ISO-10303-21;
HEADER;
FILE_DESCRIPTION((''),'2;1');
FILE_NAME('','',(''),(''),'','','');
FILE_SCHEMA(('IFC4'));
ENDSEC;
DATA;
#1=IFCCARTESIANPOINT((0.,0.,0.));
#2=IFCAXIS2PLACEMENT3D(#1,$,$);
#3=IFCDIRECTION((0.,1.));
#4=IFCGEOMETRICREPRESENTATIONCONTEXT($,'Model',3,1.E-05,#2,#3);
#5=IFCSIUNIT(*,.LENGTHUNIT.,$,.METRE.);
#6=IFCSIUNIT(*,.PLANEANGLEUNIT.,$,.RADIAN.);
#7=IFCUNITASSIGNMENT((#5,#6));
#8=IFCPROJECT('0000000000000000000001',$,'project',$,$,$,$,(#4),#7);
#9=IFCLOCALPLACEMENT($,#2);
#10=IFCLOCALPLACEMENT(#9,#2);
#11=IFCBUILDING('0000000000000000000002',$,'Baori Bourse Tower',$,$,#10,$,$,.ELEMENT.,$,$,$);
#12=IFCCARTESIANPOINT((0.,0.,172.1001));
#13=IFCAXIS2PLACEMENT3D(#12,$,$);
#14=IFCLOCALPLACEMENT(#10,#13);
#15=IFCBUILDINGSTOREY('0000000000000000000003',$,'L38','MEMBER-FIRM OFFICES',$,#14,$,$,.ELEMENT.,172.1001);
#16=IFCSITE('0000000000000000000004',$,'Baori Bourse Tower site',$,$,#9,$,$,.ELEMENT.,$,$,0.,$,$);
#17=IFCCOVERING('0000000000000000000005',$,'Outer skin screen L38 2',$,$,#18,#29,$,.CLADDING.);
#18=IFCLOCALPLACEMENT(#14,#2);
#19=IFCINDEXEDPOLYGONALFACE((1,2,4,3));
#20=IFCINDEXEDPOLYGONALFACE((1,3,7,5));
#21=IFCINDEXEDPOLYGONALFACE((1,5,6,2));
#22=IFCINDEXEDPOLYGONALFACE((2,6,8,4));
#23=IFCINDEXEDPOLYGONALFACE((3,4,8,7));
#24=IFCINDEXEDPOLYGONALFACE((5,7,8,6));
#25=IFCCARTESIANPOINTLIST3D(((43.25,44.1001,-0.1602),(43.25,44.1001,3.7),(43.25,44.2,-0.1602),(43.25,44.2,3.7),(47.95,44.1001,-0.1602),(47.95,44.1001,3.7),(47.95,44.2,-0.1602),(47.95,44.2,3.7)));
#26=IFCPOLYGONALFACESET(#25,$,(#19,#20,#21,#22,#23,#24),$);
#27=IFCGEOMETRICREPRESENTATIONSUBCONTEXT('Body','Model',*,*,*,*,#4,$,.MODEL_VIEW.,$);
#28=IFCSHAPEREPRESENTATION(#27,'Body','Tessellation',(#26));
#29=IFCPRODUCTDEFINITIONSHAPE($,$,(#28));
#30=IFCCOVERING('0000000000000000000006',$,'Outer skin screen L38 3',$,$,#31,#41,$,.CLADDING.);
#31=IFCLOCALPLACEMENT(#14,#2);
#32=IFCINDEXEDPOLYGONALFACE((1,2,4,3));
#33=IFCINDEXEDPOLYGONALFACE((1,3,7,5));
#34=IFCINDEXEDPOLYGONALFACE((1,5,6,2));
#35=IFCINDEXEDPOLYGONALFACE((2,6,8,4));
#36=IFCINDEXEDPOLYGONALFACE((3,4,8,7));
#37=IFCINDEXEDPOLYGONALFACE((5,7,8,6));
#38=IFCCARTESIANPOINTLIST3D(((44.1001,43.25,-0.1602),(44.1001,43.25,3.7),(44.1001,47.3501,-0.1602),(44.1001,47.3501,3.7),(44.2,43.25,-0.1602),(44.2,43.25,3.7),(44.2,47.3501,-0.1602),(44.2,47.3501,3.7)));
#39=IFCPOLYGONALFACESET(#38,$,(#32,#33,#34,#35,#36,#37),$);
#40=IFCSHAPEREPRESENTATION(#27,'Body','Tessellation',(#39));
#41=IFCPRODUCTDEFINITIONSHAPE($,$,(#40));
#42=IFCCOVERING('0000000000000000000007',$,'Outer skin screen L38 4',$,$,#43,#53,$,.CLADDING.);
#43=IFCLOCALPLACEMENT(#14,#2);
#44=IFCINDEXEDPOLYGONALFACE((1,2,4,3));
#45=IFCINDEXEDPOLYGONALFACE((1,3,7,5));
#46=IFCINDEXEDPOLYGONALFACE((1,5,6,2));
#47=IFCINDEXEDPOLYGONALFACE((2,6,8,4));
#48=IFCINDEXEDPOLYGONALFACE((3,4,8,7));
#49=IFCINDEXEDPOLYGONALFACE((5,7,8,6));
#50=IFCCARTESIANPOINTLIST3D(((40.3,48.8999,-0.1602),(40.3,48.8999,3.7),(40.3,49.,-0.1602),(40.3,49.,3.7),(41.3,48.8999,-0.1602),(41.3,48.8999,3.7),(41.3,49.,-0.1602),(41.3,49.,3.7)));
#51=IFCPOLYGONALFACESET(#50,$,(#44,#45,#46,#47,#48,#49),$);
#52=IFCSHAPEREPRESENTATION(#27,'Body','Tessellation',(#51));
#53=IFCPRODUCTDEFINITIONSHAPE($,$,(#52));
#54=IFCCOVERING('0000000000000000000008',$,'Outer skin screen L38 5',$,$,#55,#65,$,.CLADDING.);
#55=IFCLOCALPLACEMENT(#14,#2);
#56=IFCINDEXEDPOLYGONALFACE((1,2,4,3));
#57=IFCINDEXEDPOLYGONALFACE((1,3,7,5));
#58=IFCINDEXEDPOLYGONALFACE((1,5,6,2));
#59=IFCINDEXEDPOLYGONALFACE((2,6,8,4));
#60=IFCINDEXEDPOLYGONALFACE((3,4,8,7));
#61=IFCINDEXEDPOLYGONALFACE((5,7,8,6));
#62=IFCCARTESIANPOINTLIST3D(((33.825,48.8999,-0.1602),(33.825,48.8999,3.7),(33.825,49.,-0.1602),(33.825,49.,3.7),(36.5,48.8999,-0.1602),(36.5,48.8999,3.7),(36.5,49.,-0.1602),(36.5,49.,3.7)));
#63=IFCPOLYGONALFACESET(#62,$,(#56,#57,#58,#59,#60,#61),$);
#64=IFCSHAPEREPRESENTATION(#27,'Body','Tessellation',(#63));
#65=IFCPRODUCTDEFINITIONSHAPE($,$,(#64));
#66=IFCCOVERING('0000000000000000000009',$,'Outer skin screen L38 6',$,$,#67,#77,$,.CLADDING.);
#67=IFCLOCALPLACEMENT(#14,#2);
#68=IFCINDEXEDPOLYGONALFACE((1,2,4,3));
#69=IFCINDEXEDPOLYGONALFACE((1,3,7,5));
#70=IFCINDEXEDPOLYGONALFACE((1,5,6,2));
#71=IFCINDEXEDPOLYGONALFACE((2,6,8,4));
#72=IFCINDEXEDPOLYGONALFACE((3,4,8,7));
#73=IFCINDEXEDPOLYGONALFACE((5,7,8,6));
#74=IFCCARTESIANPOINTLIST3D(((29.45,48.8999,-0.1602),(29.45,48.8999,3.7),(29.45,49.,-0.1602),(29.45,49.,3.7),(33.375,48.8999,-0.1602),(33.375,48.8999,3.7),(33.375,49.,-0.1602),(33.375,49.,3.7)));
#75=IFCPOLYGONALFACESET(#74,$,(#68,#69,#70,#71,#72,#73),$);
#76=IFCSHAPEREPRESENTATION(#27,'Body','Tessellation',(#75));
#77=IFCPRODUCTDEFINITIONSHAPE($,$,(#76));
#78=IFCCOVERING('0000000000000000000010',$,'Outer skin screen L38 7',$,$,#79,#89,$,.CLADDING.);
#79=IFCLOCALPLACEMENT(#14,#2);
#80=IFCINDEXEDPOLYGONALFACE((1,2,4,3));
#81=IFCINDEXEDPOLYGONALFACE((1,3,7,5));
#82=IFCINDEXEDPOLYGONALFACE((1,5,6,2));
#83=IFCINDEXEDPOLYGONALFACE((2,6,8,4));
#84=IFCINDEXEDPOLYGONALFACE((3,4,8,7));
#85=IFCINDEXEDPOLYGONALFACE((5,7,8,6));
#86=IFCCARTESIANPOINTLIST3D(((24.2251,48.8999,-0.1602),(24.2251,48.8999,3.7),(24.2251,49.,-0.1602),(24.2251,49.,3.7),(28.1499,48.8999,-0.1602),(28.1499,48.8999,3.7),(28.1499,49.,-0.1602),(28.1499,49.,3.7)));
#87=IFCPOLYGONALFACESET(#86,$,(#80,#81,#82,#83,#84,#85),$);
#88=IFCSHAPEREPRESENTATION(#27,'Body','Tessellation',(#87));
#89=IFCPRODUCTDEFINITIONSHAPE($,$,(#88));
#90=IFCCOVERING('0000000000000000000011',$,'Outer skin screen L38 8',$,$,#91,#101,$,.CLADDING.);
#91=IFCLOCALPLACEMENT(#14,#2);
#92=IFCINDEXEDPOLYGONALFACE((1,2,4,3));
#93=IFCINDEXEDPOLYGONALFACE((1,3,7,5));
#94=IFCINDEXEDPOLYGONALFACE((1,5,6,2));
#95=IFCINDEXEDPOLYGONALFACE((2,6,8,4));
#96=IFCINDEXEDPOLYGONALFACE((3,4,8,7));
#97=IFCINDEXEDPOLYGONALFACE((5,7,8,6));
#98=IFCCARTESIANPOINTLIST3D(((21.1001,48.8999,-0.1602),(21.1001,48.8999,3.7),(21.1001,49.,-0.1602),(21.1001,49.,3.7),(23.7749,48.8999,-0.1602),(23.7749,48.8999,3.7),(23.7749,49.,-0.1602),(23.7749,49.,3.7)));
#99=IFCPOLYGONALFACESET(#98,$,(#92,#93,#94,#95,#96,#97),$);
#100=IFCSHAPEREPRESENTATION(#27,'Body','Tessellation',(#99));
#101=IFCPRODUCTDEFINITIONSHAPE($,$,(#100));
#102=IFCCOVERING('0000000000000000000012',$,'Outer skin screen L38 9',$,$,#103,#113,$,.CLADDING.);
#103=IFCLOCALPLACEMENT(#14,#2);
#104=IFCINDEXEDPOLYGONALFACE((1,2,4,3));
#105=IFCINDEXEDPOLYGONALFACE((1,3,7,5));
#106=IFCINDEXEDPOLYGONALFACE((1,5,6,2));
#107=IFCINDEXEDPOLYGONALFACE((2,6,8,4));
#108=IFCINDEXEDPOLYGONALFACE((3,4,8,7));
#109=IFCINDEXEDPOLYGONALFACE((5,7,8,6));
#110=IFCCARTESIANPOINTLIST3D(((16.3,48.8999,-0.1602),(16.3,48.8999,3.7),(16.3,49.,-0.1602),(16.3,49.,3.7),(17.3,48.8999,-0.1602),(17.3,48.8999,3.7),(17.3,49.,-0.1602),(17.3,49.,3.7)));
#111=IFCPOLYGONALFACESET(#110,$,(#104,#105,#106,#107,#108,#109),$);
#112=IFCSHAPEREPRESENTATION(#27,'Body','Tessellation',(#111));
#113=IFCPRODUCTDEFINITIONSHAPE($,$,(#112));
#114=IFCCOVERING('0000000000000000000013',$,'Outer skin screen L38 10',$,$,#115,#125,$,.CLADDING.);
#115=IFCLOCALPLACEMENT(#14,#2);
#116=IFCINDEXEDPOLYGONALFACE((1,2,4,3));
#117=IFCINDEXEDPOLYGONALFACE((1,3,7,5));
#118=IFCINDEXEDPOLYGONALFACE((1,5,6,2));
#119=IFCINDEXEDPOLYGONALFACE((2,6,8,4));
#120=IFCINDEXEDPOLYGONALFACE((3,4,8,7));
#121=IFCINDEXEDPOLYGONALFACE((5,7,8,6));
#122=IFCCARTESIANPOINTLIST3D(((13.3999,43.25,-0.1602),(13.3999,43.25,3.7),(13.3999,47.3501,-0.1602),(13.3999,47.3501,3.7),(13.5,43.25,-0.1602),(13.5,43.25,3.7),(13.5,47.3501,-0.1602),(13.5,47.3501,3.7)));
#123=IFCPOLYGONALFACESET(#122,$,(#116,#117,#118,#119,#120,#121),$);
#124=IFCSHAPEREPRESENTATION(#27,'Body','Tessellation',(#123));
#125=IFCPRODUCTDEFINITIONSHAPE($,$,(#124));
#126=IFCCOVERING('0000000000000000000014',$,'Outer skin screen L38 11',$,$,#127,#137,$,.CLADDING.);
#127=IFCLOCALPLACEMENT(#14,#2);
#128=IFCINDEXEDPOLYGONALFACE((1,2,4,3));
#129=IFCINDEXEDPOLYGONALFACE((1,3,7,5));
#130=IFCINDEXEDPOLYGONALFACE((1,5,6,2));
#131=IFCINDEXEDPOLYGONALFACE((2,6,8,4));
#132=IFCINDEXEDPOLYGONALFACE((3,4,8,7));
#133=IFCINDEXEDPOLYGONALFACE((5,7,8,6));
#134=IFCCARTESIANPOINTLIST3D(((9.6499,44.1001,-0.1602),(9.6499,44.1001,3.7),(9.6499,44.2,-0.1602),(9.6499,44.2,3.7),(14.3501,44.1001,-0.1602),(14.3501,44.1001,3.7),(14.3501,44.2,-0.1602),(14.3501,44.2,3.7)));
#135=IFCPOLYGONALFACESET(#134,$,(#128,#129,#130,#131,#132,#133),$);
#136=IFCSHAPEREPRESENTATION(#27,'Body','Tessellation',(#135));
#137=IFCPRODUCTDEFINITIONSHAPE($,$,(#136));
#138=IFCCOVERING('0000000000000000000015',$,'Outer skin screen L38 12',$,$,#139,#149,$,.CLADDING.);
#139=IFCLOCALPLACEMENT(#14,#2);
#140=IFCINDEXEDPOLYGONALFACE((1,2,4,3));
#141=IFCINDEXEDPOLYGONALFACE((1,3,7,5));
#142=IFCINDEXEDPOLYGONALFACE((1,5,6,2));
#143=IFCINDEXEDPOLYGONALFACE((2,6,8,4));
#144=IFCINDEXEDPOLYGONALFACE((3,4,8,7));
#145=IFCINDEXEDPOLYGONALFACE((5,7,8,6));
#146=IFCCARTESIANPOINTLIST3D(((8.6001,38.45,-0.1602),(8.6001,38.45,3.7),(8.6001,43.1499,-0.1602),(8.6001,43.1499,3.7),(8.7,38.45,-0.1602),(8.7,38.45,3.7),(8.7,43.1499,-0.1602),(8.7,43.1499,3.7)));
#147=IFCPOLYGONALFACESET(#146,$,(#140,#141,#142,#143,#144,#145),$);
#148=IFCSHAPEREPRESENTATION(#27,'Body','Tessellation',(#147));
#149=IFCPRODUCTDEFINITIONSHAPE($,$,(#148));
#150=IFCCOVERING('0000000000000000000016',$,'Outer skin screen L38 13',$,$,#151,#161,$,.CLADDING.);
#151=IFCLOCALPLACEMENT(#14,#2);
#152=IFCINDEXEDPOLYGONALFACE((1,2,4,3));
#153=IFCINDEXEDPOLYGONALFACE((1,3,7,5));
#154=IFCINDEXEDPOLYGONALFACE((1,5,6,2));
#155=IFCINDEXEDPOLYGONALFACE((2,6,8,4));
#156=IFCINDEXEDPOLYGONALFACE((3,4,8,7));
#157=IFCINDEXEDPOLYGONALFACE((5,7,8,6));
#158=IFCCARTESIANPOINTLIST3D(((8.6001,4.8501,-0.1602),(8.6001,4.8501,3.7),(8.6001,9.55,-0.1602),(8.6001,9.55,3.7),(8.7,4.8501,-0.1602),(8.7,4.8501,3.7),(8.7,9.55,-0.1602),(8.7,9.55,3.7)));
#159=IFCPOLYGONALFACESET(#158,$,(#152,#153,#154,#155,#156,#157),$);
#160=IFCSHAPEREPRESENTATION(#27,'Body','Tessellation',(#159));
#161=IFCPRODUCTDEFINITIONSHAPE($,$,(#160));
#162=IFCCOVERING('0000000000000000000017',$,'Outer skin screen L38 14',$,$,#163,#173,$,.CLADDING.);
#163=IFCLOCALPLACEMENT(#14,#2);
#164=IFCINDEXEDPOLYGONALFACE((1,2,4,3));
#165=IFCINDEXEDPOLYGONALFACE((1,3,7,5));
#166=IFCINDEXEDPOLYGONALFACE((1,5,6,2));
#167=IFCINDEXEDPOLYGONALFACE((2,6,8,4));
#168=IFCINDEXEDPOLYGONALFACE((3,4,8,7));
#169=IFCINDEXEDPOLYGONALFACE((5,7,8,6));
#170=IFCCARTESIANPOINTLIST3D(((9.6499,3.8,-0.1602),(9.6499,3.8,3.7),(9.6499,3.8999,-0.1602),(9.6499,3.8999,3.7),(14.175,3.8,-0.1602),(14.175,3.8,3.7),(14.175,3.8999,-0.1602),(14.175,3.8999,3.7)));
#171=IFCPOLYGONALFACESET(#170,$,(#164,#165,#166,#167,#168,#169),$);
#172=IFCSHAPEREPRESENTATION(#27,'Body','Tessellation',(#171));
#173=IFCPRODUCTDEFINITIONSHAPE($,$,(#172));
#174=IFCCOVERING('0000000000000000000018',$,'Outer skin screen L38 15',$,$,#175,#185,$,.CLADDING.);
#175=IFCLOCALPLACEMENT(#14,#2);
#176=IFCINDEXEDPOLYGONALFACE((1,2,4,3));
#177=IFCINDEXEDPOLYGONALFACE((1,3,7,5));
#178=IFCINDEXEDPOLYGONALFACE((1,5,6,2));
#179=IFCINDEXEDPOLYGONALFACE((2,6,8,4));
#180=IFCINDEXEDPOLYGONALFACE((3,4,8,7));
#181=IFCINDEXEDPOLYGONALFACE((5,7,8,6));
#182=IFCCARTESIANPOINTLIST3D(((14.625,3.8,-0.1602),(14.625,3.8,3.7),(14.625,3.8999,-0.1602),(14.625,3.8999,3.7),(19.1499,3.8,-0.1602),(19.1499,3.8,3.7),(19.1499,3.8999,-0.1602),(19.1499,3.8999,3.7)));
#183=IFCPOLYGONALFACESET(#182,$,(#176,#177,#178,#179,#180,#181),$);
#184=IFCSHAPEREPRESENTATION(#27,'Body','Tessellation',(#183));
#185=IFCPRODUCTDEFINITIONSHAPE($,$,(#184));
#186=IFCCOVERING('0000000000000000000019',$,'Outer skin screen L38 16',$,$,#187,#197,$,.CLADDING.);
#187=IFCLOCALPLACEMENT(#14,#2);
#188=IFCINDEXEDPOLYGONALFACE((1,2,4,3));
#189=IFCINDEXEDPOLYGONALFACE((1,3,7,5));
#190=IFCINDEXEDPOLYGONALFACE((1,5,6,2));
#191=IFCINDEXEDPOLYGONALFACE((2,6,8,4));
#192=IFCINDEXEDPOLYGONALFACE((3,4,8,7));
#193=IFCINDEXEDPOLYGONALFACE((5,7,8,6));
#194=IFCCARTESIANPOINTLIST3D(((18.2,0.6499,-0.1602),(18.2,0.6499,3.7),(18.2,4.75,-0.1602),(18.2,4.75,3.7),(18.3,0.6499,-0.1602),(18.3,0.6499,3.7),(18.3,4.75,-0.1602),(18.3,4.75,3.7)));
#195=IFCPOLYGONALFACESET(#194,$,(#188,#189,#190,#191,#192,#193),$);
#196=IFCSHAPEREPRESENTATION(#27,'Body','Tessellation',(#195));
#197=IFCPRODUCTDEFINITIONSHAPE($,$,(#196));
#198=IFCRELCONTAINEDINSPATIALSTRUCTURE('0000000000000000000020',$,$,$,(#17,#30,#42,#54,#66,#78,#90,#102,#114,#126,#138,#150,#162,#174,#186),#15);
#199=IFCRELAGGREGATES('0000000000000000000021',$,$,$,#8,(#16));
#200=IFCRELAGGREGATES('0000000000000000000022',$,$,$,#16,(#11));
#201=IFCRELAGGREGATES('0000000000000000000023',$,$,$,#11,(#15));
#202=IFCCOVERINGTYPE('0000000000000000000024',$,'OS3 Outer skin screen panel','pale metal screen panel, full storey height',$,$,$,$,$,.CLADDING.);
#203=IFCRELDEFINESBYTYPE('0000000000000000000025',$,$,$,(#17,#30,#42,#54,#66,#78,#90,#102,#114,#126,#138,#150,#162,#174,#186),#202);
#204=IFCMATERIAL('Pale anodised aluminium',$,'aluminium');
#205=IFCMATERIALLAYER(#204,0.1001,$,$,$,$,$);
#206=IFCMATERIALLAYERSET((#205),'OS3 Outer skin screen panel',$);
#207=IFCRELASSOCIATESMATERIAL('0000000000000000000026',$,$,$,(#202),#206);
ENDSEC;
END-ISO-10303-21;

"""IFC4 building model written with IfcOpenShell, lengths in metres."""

from ifc_helpers import new_model, si_unit, direction, frame, origin, place, context, subcontext, project, spatial, polyline, outline, extrude, material, layer, layer_set, type_object, element, save


model = new_model("IFC4")

# Units and contexts
model_context = context("Model", 3, precision=1e-05, world=origin(), true_north=direction((0.0, 1.0)))
body_context = subcontext(model_context, "Body", "Model", "MODEL_VIEW")
ifc_project = project(units=[si_unit("LENGTHUNIT", "METRE"), si_unit("PLANEANGLEUNIT", "RADIAN")], contexts=[model_context])

# Site, building, storey
site_placement = place(None, origin())
site = spatial("IfcSite", under=ifc_project, at=site_placement, Name="Baori Bourse Tower site", CompositionType="ELEMENT", RefElevation=0.0)
building_placement = place(site_placement, origin())
building = spatial("IfcBuilding", under=site, at=building_placement, Name="Baori Bourse Tower", CompositionType="ELEMENT")
storey_placement = place(building_placement, frame((0.0, 0.0, 172.1001)))
storey = spatial("IfcBuildingStorey", under=building, at=storey_placement, Name="L38", Description="MEMBER-FIRM OFFICES", CompositionType="ELEMENT", Elevation=172.1001)

# Coverings
ifc_material_1 = material(Name="Pale anodised aluminium", Category="aluminium")
ifc_layer_1 = layer(ifc_material_1, 0.1001)
ifc_layer_set_1 = layer_set([ifc_layer_1], Name="OS3 Outer skin screen panel")
covering_type_1 = type_object("IfcCoveringType", Name="OS3 Outer skin screen panel", Description="pale metal screen panel, full storey height", PredefinedType="CLADDING", material=ifc_layer_set_1)
covering_1_placement = place(storey_placement, frame((0.0, 0.0, -0.1602)))
element("IfcCovering", 1, at=covering_1_placement, inside=storey, type_object=covering_type_1, Name="Outer skin screen L38 2", PredefinedType="CLADDING", context=body_context, shape_type="SweptSolid", body=[
    extrude(outline(polyline([(43.25, 44.1001), (47.95, 44.1001), (47.95, 44.2), (43.25, 44.2), (43.25, 44.1001)])), origin(), (0.0, 0.0, 1.0), 3.8601),
])
covering_2_placement = place(storey_placement, frame((0.0, 0.0, -0.1602)))
element("IfcCovering", 2, at=covering_2_placement, inside=storey, type_object=covering_type_1, Name="Outer skin screen L38 3", PredefinedType="CLADDING", context=body_context, shape_type="SweptSolid", body=[
    extrude(outline(polyline([(44.1001, 47.3501), (44.1001, 43.25), (44.2, 43.25), (44.2, 47.3501), (44.1001, 47.3501)])), origin(), (0.0, 0.0, 1.0), 3.8601),
])
covering_3_placement = place(storey_placement, frame((0.0, 0.0, -0.1602)))
element("IfcCovering", 3, at=covering_3_placement, inside=storey, type_object=covering_type_1, Name="Outer skin screen L38 4", PredefinedType="CLADDING", context=body_context, shape_type="SweptSolid", body=[
    extrude(outline(polyline([(40.3, 48.8999), (41.3, 48.8999), (41.3, 49.0), (40.3, 49.0), (40.3, 48.8999)])), origin(), (0.0, 0.0, 1.0), 3.8601),
])
covering_4_placement = place(storey_placement, frame((0.0, 0.0, -0.1602)))
element("IfcCovering", 4, at=covering_4_placement, inside=storey, type_object=covering_type_1, Name="Outer skin screen L38 5", PredefinedType="CLADDING", context=body_context, shape_type="SweptSolid", body=[
    extrude(outline(polyline([(33.825, 48.8999), (36.5, 48.8999), (36.5, 49.0), (33.825, 49.0), (33.825, 48.8999)])), origin(), (0.0, 0.0, 1.0), 3.8601),
])
covering_5_placement = place(storey_placement, frame((0.0, 0.0, -0.1602)))
element("IfcCovering", 5, at=covering_5_placement, inside=storey, type_object=covering_type_1, Name="Outer skin screen L38 6", PredefinedType="CLADDING", context=body_context, shape_type="SweptSolid", body=[
    extrude(outline(polyline([(29.45, 48.8999), (33.375, 48.8999), (33.375, 49.0), (29.45, 49.0), (29.45, 48.8999)])), origin(), (0.0, 0.0, 1.0), 3.8601),
])
covering_6_placement = place(storey_placement, frame((0.0, 0.0, -0.1602)))
element("IfcCovering", 6, at=covering_6_placement, inside=storey, type_object=covering_type_1, Name="Outer skin screen L38 7", PredefinedType="CLADDING", context=body_context, shape_type="SweptSolid", body=[
    extrude(outline(polyline([(24.2251, 48.8999), (28.1499, 48.8999), (28.1499, 49.0), (24.2251, 49.0), (24.2251, 48.8999)])), origin(), (0.0, 0.0, 1.0), 3.8601),
])
covering_7_placement = place(storey_placement, frame((0.0, 0.0, -0.1602)))
element("IfcCovering", 7, at=covering_7_placement, inside=storey, type_object=covering_type_1, Name="Outer skin screen L38 8", PredefinedType="CLADDING", context=body_context, shape_type="SweptSolid", body=[
    extrude(outline(polyline([(21.1001, 48.8999), (23.7749, 48.8999), (23.7749, 49.0), (21.1001, 49.0), (21.1001, 48.8999)])), origin(), (0.0, 0.0, 1.0), 3.8601),
])
covering_8_placement = place(storey_placement, frame((0.0, 0.0, -0.1602)))
element("IfcCovering", 8, at=covering_8_placement, inside=storey, type_object=covering_type_1, Name="Outer skin screen L38 9", PredefinedType="CLADDING", context=body_context, shape_type="SweptSolid", body=[
    extrude(outline(polyline([(16.3, 48.8999), (17.3, 48.8999), (17.3, 49.0), (16.3, 49.0), (16.3, 48.8999)])), origin(), (0.0, 0.0, 1.0), 3.8601),
])
covering_9_placement = place(storey_placement, frame((0.0, 0.0, -0.1602)))
element("IfcCovering", 9, at=covering_9_placement, inside=storey, type_object=covering_type_1, Name="Outer skin screen L38 10", PredefinedType="CLADDING", context=body_context, shape_type="SweptSolid", body=[
    extrude(outline(polyline([(13.5, 43.25), (13.5, 47.3501), (13.3999, 47.3501), (13.3999, 43.25), (13.5, 43.25)])), origin(), (0.0, 0.0, 1.0), 3.8601),
])
covering_10_placement = place(storey_placement, frame((0.0, 0.0, -0.1602)))
element("IfcCovering", 10, at=covering_10_placement, inside=storey, type_object=covering_type_1, Name="Outer skin screen L38 11", PredefinedType="CLADDING", context=body_context, shape_type="SweptSolid", body=[
    extrude(outline(polyline([(9.6499, 44.1001), (14.3501, 44.1001), (14.3501, 44.2), (9.6499, 44.2), (9.6499, 44.1001)])), origin(), (0.0, 0.0, 1.0), 3.8601),
])
covering_11_placement = place(storey_placement, frame((0.0, 0.0, -0.1602)))
element("IfcCovering", 11, at=covering_11_placement, inside=storey, type_object=covering_type_1, Name="Outer skin screen L38 12", PredefinedType="CLADDING", context=body_context, shape_type="SweptSolid", body=[
    extrude(outline(polyline([(8.7, 38.45), (8.7, 43.1499), (8.6001, 43.1499), (8.6001, 38.45), (8.7, 38.45)])), origin(), (0.0, 0.0, 1.0), 3.8601),
])
covering_12_placement = place(storey_placement, frame((0.0, 0.0, -0.1602)))
element("IfcCovering", 12, at=covering_12_placement, inside=storey, type_object=covering_type_1, Name="Outer skin screen L38 13", PredefinedType="CLADDING", context=body_context, shape_type="SweptSolid", body=[
    extrude(outline(polyline([(8.7, 4.8501), (8.7, 9.55), (8.6001, 9.55), (8.6001, 4.8501), (8.7, 4.8501)])), origin(), (0.0, 0.0, 1.0), 3.8601),
])
covering_13_placement = place(storey_placement, frame((0.0, 0.0, -0.1602)))
element("IfcCovering", 13, at=covering_13_placement, inside=storey, type_object=covering_type_1, Name="Outer skin screen L38 14", PredefinedType="CLADDING", context=body_context, shape_type="SweptSolid", body=[
    extrude(outline(polyline([(14.175, 3.8999), (9.6499, 3.8999), (9.6499, 3.8), (14.175, 3.8), (14.175, 3.8999)])), origin(), (0.0, 0.0, 1.0), 3.8601),
])
covering_14_placement = place(storey_placement, frame((0.0, 0.0, -0.1602)))
element("IfcCovering", 14, at=covering_14_placement, inside=storey, type_object=covering_type_1, Name="Outer skin screen L38 15", PredefinedType="CLADDING", context=body_context, shape_type="SweptSolid", body=[
    extrude(outline(polyline([(19.1499, 3.8999), (14.625, 3.8999), (14.625, 3.8), (19.1499, 3.8), (19.1499, 3.8999)])), origin(), (0.0, 0.0, 1.0), 3.8601),
])
covering_15_placement = place(storey_placement, frame((0.0, 0.0, -0.1602)))
element("IfcCovering", 15, at=covering_15_placement, inside=storey, type_object=covering_type_1, Name="Outer skin screen L38 16", PredefinedType="CLADDING", context=body_context, shape_type="SweptSolid", body=[
    extrude(outline(polyline([(18.3, 0.6499), (18.3, 4.75), (18.2, 4.75), (18.2, 0.6499), (18.3, 0.6499)])), origin(), (0.0, 0.0, 1.0), 3.8601),
])

save(model, "model.ifc")
